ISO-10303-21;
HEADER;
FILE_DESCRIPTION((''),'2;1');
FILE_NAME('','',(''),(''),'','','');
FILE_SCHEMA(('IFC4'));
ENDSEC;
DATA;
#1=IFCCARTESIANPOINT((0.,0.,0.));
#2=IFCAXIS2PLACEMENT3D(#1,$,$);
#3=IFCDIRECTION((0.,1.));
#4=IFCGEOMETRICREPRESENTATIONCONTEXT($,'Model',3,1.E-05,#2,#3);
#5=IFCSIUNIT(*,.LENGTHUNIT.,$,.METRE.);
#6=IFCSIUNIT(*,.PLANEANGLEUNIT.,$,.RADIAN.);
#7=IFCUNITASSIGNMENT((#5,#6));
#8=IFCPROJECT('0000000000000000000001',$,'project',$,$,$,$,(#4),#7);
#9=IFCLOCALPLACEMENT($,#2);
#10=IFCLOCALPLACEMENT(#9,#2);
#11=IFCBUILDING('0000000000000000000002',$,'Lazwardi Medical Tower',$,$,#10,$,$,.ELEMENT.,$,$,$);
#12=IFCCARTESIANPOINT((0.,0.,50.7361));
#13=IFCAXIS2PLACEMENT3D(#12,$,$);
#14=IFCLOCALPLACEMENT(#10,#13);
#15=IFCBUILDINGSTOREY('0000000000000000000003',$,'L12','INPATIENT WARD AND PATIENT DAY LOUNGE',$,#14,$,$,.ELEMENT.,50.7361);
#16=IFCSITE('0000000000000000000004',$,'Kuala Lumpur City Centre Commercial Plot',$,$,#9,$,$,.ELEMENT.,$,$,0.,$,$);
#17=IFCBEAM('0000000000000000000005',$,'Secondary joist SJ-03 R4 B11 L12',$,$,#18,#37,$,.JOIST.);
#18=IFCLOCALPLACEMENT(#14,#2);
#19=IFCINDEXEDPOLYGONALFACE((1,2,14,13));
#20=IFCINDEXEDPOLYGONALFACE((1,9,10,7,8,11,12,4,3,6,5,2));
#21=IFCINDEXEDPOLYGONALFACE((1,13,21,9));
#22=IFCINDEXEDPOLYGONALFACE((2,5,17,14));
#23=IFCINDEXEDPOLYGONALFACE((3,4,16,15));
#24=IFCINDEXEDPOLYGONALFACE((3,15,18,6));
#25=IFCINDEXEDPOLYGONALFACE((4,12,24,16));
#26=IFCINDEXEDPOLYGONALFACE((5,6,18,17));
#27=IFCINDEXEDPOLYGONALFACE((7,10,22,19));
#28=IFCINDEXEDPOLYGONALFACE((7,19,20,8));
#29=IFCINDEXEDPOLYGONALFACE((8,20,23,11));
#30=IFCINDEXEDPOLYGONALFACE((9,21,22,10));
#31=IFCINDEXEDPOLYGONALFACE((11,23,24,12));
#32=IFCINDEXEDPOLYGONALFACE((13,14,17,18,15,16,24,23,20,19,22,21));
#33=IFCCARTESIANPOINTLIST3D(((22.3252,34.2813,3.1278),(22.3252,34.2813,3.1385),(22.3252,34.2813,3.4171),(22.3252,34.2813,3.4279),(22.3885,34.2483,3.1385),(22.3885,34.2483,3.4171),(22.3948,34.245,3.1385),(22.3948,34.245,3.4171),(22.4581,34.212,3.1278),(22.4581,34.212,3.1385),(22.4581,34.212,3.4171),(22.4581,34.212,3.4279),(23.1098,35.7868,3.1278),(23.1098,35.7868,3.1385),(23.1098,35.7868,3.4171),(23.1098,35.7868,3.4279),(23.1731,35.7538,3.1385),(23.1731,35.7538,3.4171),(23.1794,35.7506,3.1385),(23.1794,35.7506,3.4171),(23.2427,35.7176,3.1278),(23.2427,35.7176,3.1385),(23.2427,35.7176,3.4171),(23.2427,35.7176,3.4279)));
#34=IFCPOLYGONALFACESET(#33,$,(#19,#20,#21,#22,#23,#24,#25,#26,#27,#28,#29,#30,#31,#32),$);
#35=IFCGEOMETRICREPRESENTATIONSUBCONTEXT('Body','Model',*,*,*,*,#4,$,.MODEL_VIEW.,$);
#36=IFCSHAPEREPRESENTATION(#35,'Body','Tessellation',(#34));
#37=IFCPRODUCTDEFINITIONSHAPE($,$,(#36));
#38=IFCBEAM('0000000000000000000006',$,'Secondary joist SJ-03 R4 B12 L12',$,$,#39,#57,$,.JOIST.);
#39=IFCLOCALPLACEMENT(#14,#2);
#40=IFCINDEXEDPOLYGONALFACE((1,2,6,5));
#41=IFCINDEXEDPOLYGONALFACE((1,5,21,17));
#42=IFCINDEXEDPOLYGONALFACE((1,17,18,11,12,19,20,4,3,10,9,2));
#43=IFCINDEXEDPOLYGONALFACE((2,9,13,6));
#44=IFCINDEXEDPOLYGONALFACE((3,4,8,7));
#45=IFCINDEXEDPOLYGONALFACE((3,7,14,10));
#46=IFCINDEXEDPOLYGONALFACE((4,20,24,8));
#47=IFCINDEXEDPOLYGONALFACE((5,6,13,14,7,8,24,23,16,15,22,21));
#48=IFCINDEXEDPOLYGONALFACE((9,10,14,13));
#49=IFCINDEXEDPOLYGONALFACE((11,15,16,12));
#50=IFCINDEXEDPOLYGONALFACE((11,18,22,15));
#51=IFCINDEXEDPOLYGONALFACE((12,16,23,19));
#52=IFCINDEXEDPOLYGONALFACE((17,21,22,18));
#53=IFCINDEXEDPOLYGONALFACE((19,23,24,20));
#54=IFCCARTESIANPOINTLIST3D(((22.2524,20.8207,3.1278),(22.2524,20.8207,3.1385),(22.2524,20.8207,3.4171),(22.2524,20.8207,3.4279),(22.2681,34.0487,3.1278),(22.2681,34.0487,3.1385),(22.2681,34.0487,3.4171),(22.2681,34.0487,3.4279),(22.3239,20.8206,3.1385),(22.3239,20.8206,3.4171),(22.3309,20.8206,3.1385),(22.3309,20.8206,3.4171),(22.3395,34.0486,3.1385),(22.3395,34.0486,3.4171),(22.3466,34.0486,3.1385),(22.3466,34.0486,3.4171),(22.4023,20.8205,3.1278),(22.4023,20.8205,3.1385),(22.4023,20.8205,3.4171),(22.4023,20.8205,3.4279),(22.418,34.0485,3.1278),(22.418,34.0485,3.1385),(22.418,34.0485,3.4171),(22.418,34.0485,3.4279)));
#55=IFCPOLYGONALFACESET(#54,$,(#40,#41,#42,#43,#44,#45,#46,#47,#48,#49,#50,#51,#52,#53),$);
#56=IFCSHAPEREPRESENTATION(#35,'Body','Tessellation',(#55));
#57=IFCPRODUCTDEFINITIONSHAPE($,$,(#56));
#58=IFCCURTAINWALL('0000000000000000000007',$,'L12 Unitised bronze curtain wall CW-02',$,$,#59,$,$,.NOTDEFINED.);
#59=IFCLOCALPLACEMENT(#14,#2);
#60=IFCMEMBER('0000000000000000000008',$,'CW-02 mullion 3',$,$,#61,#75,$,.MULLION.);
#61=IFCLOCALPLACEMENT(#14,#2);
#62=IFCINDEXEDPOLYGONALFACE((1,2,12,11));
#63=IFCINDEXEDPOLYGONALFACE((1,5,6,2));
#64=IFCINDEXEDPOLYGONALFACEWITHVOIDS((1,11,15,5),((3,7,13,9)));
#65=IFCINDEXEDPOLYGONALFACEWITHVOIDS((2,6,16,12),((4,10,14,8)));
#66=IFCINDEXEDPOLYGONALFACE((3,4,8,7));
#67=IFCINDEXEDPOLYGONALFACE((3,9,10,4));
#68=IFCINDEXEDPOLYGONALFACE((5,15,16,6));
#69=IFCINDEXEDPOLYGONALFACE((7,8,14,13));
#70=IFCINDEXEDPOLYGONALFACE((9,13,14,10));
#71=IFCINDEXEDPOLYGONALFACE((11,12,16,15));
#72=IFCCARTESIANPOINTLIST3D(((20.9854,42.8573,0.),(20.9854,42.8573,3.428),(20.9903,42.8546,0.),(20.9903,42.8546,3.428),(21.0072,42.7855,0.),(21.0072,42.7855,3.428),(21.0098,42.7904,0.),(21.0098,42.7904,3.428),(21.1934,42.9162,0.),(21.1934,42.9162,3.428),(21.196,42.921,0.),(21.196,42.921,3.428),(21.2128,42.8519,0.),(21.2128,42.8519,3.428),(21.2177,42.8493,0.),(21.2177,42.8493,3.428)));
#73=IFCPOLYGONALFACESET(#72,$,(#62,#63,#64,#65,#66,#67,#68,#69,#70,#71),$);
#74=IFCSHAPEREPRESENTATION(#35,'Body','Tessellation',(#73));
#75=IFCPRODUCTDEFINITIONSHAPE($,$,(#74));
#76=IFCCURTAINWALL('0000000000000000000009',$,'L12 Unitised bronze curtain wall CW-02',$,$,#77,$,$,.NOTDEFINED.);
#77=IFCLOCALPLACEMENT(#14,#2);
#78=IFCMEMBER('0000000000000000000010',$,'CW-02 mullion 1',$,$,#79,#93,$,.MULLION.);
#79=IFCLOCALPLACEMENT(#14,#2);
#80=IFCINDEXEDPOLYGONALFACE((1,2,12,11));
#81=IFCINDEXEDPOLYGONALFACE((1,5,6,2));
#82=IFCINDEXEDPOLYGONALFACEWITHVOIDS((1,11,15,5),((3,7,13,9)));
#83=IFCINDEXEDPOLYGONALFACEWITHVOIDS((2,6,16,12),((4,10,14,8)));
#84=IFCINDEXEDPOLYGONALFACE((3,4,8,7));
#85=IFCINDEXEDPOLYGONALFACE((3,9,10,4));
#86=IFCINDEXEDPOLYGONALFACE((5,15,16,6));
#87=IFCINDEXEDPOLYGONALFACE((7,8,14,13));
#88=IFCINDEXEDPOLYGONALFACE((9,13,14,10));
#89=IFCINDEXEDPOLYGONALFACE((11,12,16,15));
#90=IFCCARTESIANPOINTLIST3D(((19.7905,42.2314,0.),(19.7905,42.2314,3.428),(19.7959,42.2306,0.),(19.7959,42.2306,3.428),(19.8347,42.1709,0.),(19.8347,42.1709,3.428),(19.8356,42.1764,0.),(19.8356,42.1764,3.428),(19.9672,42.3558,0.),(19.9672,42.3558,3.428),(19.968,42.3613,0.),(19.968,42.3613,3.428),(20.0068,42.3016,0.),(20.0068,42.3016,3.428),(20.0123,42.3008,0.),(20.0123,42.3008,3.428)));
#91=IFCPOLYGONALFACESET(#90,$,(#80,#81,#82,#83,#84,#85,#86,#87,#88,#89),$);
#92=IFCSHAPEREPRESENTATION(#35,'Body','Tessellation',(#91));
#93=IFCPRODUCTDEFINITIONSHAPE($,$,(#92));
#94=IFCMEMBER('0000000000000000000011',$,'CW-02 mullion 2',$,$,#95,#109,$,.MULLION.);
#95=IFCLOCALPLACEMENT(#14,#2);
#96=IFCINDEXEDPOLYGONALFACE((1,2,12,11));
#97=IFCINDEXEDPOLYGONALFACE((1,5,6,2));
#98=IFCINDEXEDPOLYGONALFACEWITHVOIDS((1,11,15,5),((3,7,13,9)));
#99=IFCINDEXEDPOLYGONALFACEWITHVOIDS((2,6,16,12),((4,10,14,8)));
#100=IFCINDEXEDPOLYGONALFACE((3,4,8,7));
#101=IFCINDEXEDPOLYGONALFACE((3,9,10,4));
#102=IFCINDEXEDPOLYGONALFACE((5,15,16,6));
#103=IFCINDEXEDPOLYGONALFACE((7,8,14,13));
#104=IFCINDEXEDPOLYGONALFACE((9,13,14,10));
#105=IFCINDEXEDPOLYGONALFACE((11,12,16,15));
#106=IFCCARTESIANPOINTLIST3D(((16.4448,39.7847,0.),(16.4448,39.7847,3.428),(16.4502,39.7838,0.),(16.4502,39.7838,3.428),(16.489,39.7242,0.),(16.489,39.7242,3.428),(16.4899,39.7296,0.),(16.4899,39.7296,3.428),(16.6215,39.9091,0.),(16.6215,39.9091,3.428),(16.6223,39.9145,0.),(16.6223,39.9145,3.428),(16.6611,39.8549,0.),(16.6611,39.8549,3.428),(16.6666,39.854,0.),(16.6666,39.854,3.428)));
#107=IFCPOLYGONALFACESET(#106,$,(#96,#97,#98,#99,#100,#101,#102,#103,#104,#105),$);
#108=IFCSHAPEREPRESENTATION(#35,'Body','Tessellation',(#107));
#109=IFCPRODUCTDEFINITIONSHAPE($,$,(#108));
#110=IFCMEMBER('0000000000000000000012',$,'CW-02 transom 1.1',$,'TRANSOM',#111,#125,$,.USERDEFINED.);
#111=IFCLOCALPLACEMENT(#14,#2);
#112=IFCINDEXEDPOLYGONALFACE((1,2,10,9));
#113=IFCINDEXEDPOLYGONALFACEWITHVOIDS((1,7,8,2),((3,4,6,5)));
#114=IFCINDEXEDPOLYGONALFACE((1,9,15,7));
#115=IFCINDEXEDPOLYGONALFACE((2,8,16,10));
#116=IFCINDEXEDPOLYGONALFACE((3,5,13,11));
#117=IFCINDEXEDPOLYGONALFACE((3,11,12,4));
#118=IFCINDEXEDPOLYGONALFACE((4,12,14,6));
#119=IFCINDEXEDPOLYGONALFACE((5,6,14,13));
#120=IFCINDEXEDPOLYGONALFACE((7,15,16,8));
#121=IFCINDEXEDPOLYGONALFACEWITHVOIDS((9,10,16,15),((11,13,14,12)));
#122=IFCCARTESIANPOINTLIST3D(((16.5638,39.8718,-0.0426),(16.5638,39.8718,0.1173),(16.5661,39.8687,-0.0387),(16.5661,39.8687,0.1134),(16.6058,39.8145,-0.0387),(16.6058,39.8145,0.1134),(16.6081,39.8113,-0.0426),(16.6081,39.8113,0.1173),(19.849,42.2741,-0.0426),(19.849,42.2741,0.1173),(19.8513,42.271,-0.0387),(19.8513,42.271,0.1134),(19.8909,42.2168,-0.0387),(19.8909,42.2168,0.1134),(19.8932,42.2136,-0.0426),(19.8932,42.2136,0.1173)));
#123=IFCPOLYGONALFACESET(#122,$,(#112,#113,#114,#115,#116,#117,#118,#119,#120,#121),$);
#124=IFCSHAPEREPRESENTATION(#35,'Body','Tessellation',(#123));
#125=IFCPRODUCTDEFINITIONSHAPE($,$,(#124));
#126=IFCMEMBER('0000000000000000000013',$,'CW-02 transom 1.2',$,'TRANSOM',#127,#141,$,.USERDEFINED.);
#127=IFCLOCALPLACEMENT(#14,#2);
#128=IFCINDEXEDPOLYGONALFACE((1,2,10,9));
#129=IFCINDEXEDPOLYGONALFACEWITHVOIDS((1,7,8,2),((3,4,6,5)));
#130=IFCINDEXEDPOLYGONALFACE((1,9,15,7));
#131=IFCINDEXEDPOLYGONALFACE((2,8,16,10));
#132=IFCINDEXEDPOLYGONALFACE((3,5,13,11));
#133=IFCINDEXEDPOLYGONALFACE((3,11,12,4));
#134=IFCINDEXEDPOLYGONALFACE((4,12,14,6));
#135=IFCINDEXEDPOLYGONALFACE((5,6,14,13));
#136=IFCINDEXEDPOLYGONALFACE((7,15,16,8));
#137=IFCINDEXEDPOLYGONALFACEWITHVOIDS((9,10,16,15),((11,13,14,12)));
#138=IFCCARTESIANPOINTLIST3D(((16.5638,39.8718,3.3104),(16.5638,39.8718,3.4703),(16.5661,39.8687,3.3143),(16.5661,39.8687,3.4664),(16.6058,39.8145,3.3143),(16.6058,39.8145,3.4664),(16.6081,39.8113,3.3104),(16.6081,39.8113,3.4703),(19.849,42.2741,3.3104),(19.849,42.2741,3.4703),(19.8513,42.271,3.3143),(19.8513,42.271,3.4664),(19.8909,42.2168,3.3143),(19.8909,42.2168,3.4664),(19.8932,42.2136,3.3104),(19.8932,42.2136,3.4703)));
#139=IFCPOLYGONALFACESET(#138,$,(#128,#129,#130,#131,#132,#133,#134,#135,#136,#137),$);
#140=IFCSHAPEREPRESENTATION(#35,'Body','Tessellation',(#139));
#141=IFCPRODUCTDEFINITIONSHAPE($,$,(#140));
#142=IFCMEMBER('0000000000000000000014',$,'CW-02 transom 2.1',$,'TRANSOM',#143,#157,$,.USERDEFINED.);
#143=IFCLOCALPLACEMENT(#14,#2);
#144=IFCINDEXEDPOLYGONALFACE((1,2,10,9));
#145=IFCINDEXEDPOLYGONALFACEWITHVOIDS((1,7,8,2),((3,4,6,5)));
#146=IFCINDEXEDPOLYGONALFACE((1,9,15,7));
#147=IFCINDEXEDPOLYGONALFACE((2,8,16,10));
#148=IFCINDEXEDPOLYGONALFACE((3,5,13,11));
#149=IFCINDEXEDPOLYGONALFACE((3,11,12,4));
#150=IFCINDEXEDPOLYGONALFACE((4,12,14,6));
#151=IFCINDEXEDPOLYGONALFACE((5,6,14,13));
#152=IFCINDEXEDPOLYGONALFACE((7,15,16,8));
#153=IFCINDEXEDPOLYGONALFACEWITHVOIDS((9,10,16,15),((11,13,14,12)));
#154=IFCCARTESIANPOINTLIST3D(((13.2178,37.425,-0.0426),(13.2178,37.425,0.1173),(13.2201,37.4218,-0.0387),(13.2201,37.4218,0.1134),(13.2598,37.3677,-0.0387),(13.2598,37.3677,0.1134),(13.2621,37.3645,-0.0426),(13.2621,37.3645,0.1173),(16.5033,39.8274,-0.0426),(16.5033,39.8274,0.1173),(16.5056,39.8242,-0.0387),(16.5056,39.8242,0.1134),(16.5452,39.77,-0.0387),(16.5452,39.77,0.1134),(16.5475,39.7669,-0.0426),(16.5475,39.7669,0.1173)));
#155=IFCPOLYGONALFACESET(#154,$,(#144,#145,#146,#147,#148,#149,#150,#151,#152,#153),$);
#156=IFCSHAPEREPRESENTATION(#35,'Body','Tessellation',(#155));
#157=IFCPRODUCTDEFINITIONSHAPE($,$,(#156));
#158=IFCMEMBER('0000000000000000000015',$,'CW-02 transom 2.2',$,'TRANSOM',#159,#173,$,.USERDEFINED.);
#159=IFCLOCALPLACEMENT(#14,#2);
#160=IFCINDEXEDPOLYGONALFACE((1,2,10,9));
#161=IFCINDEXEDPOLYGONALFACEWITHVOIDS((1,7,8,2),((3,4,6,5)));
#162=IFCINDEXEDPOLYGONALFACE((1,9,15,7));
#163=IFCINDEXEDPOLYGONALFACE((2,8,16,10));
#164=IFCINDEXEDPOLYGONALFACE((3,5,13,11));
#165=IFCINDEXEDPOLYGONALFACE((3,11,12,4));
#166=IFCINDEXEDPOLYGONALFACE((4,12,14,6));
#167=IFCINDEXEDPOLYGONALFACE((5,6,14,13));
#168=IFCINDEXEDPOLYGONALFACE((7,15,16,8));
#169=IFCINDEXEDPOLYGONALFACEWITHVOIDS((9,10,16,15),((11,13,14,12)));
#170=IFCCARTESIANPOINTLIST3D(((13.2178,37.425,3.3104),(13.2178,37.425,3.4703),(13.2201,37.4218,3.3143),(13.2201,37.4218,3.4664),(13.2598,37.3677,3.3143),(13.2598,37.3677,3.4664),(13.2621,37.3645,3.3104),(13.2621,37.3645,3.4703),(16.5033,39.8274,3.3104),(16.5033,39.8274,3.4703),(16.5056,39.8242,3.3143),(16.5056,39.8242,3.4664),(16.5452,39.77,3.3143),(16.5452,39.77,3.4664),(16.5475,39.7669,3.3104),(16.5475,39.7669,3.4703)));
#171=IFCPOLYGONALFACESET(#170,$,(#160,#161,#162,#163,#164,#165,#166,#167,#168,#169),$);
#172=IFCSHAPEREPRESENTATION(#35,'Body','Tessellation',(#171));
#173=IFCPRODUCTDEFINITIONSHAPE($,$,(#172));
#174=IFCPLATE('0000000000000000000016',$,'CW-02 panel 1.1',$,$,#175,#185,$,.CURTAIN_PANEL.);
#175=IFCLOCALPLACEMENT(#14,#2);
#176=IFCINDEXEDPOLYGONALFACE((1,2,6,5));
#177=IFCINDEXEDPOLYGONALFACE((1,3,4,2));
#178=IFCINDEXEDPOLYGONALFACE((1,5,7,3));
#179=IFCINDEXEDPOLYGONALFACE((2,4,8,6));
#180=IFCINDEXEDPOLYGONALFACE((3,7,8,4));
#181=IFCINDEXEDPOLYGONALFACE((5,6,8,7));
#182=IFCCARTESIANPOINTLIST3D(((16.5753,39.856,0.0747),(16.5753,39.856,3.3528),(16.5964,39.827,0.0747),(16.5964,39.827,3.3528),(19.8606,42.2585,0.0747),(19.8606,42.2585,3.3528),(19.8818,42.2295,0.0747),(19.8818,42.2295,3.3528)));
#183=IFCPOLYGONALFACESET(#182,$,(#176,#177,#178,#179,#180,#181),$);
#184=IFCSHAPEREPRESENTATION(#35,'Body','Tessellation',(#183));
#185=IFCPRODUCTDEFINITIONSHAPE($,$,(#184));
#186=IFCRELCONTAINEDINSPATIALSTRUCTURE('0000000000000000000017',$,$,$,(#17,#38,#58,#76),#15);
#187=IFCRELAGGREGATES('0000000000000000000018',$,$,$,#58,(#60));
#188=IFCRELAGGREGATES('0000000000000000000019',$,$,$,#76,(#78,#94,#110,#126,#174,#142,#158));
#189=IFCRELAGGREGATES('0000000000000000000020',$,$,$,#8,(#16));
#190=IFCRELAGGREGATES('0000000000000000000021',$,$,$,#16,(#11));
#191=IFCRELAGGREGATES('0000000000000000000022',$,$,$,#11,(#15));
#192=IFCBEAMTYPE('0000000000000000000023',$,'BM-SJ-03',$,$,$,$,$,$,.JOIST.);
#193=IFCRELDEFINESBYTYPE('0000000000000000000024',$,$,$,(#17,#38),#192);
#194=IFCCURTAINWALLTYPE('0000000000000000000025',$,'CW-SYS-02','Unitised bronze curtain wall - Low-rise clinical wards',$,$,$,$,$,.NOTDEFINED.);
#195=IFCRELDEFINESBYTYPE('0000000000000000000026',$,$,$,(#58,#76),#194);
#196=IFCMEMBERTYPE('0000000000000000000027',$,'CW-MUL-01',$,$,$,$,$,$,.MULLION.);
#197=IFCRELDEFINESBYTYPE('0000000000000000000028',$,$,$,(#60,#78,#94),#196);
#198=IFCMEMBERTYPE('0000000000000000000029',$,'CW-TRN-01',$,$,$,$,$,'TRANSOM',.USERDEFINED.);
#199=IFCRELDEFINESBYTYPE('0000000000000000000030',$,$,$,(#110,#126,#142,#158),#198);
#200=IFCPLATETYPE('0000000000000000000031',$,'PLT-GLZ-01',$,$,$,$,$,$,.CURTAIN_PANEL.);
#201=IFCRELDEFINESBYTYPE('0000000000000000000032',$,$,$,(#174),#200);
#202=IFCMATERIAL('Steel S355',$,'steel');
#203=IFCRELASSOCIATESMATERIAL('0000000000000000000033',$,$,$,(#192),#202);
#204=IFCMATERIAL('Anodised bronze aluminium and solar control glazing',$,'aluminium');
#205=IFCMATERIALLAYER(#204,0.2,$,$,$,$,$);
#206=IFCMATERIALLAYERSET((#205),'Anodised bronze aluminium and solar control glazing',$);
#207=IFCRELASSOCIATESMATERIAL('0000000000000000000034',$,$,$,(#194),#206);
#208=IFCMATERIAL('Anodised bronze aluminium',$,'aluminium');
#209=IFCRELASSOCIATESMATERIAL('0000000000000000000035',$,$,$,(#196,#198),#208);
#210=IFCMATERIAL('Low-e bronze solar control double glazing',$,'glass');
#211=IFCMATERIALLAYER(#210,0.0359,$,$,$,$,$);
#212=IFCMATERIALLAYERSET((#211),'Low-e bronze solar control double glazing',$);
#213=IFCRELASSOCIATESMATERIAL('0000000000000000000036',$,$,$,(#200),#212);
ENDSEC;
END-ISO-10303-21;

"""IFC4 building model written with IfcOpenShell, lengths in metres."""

from ifc_helpers import new_model, si_unit, direction, frame, origin, origin_2d, place, context, subcontext, project, spatial, rectangle, hollow_rectangle, i_section, extrude, material, layer, layer_set, material_profile, profile_set, type_object, element, aggregate, save


model = new_model("IFC4")

# Units and contexts
model_context = context("Model", 3, precision=1e-05, world=origin(), true_north=direction((0.0, 1.0)))
body_context = subcontext(model_context, "Body", "Model", "MODEL_VIEW")
ifc_project = project(units=[si_unit("LENGTHUNIT", "METRE"), si_unit("PLANEANGLEUNIT", "RADIAN")], contexts=[model_context])

# Site, building, storey
site_placement = place(None, origin())
site = spatial("IfcSite", under=ifc_project, at=site_placement, Name="Kuala Lumpur City Centre Commercial Plot", CompositionType="ELEMENT", RefElevation=0.0)
building_placement = place(site_placement, origin())
building = spatial("IfcBuilding", under=site, at=building_placement, Name="Lazwardi Medical Tower", CompositionType="ELEMENT")
storey_placement = place(building_placement, frame((0.0, 0.0, 50.7361)))
storey = spatial("IfcBuildingStorey", under=building, at=storey_placement, Name="L12", Description="INPATIENT WARD AND PATIENT DAY LOUNGE", CompositionType="ELEMENT", Elevation=50.7361)

# Beams
ifc_material_1 = material(Name="Steel S355", Category="steel")
ifc_material_profile_1 = material_profile(ifc_material_1, i_section(OverallWidth=0.1499, OverallDepth=0.3, WebThickness=0.0071, FlangeThickness=0.0107, at=origin_2d()), Name="IPE 300")
ifc_profile_set_1 = profile_set([ifc_material_profile_1], Name="Steel S355")
beam_type_1 = type_object("IfcBeamType", Name="BM-SJ-03", PredefinedType="JOIST", material=ifc_profile_set_1)
beam_1_placement = place(storey_placement, frame((23.1763, 35.7522, 3.2778), z_axis=(-0.462163, -0.886795, 0.0), x_axis=(0.886795, -0.462163, 0.0)))
element("IfcBeam", 1, at=beam_1_placement, inside=storey, type_object=beam_type_1, Name="Secondary joist SJ-03 R4 B11 L12", PredefinedType="JOIST", context=body_context, shape_type="SweptSolid", body=[
    extrude(i_section(OverallWidth=0.1499, OverallDepth=0.3, WebThickness=0.0071, FlangeThickness=0.0107, at=origin_2d()), origin(), (0.0, 0.0, 1.0), 1.6978),
])
beam_2_placement = place(storey_placement, frame((22.343, 34.0486, 3.2778), z_axis=(-0.001181, -0.999999, 0.0), x_axis=(0.999999, -0.001181, 0.0)))
element("IfcBeam", 2, at=beam_2_placement, inside=storey, type_object=beam_type_1, Name="Secondary joist SJ-03 R4 B12 L12", PredefinedType="JOIST", context=body_context, shape_type="SweptSolid", body=[
    extrude(i_section(OverallWidth=0.1499, OverallDepth=0.3, WebThickness=0.0071, FlangeThickness=0.0107, at=origin_2d()), origin(), (0.0, 0.0, 1.0), 13.228),
])

# Curtain wall, member
ifc_material_2 = material(Name="Anodised bronze aluminium and solar control glazing", Category="aluminium")
ifc_layer_1 = layer(ifc_material_2, 0.2)
ifc_layer_set_1 = layer_set([ifc_layer_1], Name="Anodised bronze aluminium and solar control glazing")
curtain_wall_type = type_object("IfcCurtainWallType", Name="CW-SYS-02", Description="Unitised bronze curtain wall - Low-rise clinical wards", PredefinedType="NOTDEFINED", material=ifc_layer_set_1)
curtain_wall_1_placement = place(storey_placement, origin())
curtain_wall_1 = element("IfcCurtainWall", 3, at=curtain_wall_1_placement, inside=storey, type_object=curtain_wall_type, Name="L12 Unitised bronze curtain wall CW-02", PredefinedType="NOTDEFINED")
ifc_material_3 = material(Name="Anodised bronze aluminium", Category="aluminium")
ifc_material_profile_2 = material_profile(ifc_material_3, hollow_rectangle(XDim=0.075, YDim=0.22, WallThickness=0.0039, at=origin_2d()), Name="ALU-MULLION 220x75x4")
ifc_profile_set_2 = profile_set([ifc_material_profile_2], Name="Anodised bronze aluminium")
member_type_1 = type_object("IfcMemberType", Name="CW-MUL-01", PredefinedType="MULLION", material=ifc_profile_set_2)
member_1_placement = place(storey_placement, frame((21.1016, 42.8533, 0.0), z_axis=(0.0, 0.0, 1.0), x_axis=(0.289896, -0.957058, 0.0)))
member_1 = element("IfcMember", 4, at=member_1_placement, type_object=member_type_1, Name="CW-02 mullion 3", PredefinedType="MULLION", context=body_context, shape_type="SweptSolid", body=[
    extrude(hollow_rectangle(XDim=0.075, YDim=0.22, WallThickness=0.0039, at=origin_2d()), origin(), (0.0, 0.0, 1.0), 3.428),
])
aggregate(curtain_wall_1, [member_1])

# Curtain wall, members, plate
curtain_wall_2_placement = place(storey_placement, origin())
curtain_wall_2 = element("IfcCurtainWall", 5, at=curtain_wall_2_placement, inside=storey, type_object=curtain_wall_type, Name="L12 Unitised bronze curtain wall CW-02", PredefinedType="NOTDEFINED")
member_2_placement = place(storey_placement, frame((19.9014, 42.2661, 0.0), z_axis=(0.0, 0.0, 1.0), x_axis=(0.590289, -0.807192, 0.0)))
member_2 = element("IfcMember", 6, at=member_2_placement, type_object=member_type_1, Name="CW-02 mullion 1", PredefinedType="MULLION", context=body_context, shape_type="SweptSolid", body=[
    extrude(hollow_rectangle(XDim=0.075, YDim=0.22, WallThickness=0.0039, at=origin_2d()), origin(), (0.0, 0.0, 1.0), 3.428),
])
member_3_placement = place(storey_placement, frame((16.5557, 39.8193, 0.0), z_axis=(0.0, 0.0, 1.0), x_axis=(0.590289, -0.807192, 0.0)))
member_3 = element("IfcMember", 7, at=member_3_placement, type_object=member_type_1, Name="CW-02 mullion 2", PredefinedType="MULLION", context=body_context, shape_type="SweptSolid", body=[
    extrude(hollow_rectangle(XDim=0.075, YDim=0.22, WallThickness=0.0039, at=origin_2d()), origin(), (0.0, 0.0, 1.0), 3.428),
])
ifc_material_profile_3 = material_profile(ifc_material_3, hollow_rectangle(XDim=0.075, YDim=0.1599, WallThickness=0.0039, at=origin_2d()), Name="ALU-TRANSOM 160x75x4")
ifc_profile_set_3 = profile_set([ifc_material_profile_3], Name="Anodised bronze aluminium")
member_type_2 = type_object("IfcMemberType", Name="CW-TRN-01", ElementType="TRANSOM", PredefinedType="USERDEFINED", material=ifc_profile_set_3)
member_4_placement = place(storey_placement, frame((19.8711, 42.2439, 0.0374), z_axis=(-0.807198, -0.590281, 0.0), x_axis=(0.590281, -0.807198, 0.0)))
member_4 = element("IfcMember", 8, at=member_4_placement, type_object=member_type_2, Name="CW-02 transom 1.1", ObjectType="TRANSOM", PredefinedType="USERDEFINED", context=body_context, shape_type="SweptSolid", body=[
    extrude(hollow_rectangle(XDim=0.075, YDim=0.1599, WallThickness=0.0039, at=origin_2d()), origin(), (0.0, 0.0, 1.0), 4.0698),
])
member_5_placement = place(storey_placement, frame((19.8711, 42.2439, 3.3904), z_axis=(-0.807198, -0.590281, 0.0), x_axis=(0.590281, -0.807198, 0.0)))
member_5 = element("IfcMember", 9, at=member_5_placement, type_object=member_type_2, Name="CW-02 transom 1.2", ObjectType="TRANSOM", PredefinedType="USERDEFINED", context=body_context, shape_type="SweptSolid", body=[
    extrude(hollow_rectangle(XDim=0.075, YDim=0.1599, WallThickness=0.0039, at=origin_2d()), origin(), (0.0, 0.0, 1.0), 4.0698),
])
member_6_placement = place(storey_placement, frame((16.5254, 39.7971, 0.0374), z_axis=(-0.807219, -0.590253, 0.0), x_axis=(0.590253, -0.807219, 0.0)))
member_6 = element("IfcMember", 10, at=member_6_placement, type_object=member_type_2, Name="CW-02 transom 2.1", ObjectType="TRANSOM", PredefinedType="USERDEFINED", context=body_context, shape_type="SweptSolid", body=[
    extrude(hollow_rectangle(XDim=0.075, YDim=0.1599, WallThickness=0.0039, at=origin_2d()), origin(), (0.0, 0.0, 1.0), 4.0701),
])
member_7_placement = place(storey_placement, frame((16.5254, 39.7971, 3.3904), z_axis=(-0.807219, -0.590253, 0.0), x_axis=(0.590253, -0.807219, 0.0)))
member_7 = element("IfcMember", 11, at=member_7_placement, type_object=member_type_2, Name="CW-02 transom 2.2", ObjectType="TRANSOM", PredefinedType="USERDEFINED", context=body_context, shape_type="SweptSolid", body=[
    extrude(hollow_rectangle(XDim=0.075, YDim=0.1599, WallThickness=0.0039, at=origin_2d()), origin(), (0.0, 0.0, 1.0), 4.0701),
])
ifc_material_4 = material(Name="Low-e bronze solar control double glazing", Category="glass")
ifc_layer_2 = layer(ifc_material_4, 0.0359)
ifc_layer_set_2 = layer_set([ifc_layer_2], Name="Low-e bronze solar control double glazing")
plate_type = type_object("IfcPlateType", Name="PLT-GLZ-01", PredefinedType="CURTAIN_PANEL", material=ifc_layer_set_2)
plate_placement = place(storey_placement, frame((18.2285, 41.0427, 0.0747), z_axis=(0.0, 0.0, 1.0), x_axis=(-0.807192, -0.590289, 0.0)))
plate = element("IfcPlate", 12, at=plate_placement, type_object=plate_type, Name="CW-02 panel 1.1", PredefinedType="CURTAIN_PANEL", context=body_context, shape_type="SweptSolid", body=[
    extrude(rectangle(XDim=4.0701, YDim=0.0359, at=origin_2d()), origin(), (0.0, 0.0, 1.0), 3.2781),
])
aggregate(curtain_wall_2, [member_2, member_3, member_4, member_5, plate, member_6, member_7])

save(model, "model.ifc")
